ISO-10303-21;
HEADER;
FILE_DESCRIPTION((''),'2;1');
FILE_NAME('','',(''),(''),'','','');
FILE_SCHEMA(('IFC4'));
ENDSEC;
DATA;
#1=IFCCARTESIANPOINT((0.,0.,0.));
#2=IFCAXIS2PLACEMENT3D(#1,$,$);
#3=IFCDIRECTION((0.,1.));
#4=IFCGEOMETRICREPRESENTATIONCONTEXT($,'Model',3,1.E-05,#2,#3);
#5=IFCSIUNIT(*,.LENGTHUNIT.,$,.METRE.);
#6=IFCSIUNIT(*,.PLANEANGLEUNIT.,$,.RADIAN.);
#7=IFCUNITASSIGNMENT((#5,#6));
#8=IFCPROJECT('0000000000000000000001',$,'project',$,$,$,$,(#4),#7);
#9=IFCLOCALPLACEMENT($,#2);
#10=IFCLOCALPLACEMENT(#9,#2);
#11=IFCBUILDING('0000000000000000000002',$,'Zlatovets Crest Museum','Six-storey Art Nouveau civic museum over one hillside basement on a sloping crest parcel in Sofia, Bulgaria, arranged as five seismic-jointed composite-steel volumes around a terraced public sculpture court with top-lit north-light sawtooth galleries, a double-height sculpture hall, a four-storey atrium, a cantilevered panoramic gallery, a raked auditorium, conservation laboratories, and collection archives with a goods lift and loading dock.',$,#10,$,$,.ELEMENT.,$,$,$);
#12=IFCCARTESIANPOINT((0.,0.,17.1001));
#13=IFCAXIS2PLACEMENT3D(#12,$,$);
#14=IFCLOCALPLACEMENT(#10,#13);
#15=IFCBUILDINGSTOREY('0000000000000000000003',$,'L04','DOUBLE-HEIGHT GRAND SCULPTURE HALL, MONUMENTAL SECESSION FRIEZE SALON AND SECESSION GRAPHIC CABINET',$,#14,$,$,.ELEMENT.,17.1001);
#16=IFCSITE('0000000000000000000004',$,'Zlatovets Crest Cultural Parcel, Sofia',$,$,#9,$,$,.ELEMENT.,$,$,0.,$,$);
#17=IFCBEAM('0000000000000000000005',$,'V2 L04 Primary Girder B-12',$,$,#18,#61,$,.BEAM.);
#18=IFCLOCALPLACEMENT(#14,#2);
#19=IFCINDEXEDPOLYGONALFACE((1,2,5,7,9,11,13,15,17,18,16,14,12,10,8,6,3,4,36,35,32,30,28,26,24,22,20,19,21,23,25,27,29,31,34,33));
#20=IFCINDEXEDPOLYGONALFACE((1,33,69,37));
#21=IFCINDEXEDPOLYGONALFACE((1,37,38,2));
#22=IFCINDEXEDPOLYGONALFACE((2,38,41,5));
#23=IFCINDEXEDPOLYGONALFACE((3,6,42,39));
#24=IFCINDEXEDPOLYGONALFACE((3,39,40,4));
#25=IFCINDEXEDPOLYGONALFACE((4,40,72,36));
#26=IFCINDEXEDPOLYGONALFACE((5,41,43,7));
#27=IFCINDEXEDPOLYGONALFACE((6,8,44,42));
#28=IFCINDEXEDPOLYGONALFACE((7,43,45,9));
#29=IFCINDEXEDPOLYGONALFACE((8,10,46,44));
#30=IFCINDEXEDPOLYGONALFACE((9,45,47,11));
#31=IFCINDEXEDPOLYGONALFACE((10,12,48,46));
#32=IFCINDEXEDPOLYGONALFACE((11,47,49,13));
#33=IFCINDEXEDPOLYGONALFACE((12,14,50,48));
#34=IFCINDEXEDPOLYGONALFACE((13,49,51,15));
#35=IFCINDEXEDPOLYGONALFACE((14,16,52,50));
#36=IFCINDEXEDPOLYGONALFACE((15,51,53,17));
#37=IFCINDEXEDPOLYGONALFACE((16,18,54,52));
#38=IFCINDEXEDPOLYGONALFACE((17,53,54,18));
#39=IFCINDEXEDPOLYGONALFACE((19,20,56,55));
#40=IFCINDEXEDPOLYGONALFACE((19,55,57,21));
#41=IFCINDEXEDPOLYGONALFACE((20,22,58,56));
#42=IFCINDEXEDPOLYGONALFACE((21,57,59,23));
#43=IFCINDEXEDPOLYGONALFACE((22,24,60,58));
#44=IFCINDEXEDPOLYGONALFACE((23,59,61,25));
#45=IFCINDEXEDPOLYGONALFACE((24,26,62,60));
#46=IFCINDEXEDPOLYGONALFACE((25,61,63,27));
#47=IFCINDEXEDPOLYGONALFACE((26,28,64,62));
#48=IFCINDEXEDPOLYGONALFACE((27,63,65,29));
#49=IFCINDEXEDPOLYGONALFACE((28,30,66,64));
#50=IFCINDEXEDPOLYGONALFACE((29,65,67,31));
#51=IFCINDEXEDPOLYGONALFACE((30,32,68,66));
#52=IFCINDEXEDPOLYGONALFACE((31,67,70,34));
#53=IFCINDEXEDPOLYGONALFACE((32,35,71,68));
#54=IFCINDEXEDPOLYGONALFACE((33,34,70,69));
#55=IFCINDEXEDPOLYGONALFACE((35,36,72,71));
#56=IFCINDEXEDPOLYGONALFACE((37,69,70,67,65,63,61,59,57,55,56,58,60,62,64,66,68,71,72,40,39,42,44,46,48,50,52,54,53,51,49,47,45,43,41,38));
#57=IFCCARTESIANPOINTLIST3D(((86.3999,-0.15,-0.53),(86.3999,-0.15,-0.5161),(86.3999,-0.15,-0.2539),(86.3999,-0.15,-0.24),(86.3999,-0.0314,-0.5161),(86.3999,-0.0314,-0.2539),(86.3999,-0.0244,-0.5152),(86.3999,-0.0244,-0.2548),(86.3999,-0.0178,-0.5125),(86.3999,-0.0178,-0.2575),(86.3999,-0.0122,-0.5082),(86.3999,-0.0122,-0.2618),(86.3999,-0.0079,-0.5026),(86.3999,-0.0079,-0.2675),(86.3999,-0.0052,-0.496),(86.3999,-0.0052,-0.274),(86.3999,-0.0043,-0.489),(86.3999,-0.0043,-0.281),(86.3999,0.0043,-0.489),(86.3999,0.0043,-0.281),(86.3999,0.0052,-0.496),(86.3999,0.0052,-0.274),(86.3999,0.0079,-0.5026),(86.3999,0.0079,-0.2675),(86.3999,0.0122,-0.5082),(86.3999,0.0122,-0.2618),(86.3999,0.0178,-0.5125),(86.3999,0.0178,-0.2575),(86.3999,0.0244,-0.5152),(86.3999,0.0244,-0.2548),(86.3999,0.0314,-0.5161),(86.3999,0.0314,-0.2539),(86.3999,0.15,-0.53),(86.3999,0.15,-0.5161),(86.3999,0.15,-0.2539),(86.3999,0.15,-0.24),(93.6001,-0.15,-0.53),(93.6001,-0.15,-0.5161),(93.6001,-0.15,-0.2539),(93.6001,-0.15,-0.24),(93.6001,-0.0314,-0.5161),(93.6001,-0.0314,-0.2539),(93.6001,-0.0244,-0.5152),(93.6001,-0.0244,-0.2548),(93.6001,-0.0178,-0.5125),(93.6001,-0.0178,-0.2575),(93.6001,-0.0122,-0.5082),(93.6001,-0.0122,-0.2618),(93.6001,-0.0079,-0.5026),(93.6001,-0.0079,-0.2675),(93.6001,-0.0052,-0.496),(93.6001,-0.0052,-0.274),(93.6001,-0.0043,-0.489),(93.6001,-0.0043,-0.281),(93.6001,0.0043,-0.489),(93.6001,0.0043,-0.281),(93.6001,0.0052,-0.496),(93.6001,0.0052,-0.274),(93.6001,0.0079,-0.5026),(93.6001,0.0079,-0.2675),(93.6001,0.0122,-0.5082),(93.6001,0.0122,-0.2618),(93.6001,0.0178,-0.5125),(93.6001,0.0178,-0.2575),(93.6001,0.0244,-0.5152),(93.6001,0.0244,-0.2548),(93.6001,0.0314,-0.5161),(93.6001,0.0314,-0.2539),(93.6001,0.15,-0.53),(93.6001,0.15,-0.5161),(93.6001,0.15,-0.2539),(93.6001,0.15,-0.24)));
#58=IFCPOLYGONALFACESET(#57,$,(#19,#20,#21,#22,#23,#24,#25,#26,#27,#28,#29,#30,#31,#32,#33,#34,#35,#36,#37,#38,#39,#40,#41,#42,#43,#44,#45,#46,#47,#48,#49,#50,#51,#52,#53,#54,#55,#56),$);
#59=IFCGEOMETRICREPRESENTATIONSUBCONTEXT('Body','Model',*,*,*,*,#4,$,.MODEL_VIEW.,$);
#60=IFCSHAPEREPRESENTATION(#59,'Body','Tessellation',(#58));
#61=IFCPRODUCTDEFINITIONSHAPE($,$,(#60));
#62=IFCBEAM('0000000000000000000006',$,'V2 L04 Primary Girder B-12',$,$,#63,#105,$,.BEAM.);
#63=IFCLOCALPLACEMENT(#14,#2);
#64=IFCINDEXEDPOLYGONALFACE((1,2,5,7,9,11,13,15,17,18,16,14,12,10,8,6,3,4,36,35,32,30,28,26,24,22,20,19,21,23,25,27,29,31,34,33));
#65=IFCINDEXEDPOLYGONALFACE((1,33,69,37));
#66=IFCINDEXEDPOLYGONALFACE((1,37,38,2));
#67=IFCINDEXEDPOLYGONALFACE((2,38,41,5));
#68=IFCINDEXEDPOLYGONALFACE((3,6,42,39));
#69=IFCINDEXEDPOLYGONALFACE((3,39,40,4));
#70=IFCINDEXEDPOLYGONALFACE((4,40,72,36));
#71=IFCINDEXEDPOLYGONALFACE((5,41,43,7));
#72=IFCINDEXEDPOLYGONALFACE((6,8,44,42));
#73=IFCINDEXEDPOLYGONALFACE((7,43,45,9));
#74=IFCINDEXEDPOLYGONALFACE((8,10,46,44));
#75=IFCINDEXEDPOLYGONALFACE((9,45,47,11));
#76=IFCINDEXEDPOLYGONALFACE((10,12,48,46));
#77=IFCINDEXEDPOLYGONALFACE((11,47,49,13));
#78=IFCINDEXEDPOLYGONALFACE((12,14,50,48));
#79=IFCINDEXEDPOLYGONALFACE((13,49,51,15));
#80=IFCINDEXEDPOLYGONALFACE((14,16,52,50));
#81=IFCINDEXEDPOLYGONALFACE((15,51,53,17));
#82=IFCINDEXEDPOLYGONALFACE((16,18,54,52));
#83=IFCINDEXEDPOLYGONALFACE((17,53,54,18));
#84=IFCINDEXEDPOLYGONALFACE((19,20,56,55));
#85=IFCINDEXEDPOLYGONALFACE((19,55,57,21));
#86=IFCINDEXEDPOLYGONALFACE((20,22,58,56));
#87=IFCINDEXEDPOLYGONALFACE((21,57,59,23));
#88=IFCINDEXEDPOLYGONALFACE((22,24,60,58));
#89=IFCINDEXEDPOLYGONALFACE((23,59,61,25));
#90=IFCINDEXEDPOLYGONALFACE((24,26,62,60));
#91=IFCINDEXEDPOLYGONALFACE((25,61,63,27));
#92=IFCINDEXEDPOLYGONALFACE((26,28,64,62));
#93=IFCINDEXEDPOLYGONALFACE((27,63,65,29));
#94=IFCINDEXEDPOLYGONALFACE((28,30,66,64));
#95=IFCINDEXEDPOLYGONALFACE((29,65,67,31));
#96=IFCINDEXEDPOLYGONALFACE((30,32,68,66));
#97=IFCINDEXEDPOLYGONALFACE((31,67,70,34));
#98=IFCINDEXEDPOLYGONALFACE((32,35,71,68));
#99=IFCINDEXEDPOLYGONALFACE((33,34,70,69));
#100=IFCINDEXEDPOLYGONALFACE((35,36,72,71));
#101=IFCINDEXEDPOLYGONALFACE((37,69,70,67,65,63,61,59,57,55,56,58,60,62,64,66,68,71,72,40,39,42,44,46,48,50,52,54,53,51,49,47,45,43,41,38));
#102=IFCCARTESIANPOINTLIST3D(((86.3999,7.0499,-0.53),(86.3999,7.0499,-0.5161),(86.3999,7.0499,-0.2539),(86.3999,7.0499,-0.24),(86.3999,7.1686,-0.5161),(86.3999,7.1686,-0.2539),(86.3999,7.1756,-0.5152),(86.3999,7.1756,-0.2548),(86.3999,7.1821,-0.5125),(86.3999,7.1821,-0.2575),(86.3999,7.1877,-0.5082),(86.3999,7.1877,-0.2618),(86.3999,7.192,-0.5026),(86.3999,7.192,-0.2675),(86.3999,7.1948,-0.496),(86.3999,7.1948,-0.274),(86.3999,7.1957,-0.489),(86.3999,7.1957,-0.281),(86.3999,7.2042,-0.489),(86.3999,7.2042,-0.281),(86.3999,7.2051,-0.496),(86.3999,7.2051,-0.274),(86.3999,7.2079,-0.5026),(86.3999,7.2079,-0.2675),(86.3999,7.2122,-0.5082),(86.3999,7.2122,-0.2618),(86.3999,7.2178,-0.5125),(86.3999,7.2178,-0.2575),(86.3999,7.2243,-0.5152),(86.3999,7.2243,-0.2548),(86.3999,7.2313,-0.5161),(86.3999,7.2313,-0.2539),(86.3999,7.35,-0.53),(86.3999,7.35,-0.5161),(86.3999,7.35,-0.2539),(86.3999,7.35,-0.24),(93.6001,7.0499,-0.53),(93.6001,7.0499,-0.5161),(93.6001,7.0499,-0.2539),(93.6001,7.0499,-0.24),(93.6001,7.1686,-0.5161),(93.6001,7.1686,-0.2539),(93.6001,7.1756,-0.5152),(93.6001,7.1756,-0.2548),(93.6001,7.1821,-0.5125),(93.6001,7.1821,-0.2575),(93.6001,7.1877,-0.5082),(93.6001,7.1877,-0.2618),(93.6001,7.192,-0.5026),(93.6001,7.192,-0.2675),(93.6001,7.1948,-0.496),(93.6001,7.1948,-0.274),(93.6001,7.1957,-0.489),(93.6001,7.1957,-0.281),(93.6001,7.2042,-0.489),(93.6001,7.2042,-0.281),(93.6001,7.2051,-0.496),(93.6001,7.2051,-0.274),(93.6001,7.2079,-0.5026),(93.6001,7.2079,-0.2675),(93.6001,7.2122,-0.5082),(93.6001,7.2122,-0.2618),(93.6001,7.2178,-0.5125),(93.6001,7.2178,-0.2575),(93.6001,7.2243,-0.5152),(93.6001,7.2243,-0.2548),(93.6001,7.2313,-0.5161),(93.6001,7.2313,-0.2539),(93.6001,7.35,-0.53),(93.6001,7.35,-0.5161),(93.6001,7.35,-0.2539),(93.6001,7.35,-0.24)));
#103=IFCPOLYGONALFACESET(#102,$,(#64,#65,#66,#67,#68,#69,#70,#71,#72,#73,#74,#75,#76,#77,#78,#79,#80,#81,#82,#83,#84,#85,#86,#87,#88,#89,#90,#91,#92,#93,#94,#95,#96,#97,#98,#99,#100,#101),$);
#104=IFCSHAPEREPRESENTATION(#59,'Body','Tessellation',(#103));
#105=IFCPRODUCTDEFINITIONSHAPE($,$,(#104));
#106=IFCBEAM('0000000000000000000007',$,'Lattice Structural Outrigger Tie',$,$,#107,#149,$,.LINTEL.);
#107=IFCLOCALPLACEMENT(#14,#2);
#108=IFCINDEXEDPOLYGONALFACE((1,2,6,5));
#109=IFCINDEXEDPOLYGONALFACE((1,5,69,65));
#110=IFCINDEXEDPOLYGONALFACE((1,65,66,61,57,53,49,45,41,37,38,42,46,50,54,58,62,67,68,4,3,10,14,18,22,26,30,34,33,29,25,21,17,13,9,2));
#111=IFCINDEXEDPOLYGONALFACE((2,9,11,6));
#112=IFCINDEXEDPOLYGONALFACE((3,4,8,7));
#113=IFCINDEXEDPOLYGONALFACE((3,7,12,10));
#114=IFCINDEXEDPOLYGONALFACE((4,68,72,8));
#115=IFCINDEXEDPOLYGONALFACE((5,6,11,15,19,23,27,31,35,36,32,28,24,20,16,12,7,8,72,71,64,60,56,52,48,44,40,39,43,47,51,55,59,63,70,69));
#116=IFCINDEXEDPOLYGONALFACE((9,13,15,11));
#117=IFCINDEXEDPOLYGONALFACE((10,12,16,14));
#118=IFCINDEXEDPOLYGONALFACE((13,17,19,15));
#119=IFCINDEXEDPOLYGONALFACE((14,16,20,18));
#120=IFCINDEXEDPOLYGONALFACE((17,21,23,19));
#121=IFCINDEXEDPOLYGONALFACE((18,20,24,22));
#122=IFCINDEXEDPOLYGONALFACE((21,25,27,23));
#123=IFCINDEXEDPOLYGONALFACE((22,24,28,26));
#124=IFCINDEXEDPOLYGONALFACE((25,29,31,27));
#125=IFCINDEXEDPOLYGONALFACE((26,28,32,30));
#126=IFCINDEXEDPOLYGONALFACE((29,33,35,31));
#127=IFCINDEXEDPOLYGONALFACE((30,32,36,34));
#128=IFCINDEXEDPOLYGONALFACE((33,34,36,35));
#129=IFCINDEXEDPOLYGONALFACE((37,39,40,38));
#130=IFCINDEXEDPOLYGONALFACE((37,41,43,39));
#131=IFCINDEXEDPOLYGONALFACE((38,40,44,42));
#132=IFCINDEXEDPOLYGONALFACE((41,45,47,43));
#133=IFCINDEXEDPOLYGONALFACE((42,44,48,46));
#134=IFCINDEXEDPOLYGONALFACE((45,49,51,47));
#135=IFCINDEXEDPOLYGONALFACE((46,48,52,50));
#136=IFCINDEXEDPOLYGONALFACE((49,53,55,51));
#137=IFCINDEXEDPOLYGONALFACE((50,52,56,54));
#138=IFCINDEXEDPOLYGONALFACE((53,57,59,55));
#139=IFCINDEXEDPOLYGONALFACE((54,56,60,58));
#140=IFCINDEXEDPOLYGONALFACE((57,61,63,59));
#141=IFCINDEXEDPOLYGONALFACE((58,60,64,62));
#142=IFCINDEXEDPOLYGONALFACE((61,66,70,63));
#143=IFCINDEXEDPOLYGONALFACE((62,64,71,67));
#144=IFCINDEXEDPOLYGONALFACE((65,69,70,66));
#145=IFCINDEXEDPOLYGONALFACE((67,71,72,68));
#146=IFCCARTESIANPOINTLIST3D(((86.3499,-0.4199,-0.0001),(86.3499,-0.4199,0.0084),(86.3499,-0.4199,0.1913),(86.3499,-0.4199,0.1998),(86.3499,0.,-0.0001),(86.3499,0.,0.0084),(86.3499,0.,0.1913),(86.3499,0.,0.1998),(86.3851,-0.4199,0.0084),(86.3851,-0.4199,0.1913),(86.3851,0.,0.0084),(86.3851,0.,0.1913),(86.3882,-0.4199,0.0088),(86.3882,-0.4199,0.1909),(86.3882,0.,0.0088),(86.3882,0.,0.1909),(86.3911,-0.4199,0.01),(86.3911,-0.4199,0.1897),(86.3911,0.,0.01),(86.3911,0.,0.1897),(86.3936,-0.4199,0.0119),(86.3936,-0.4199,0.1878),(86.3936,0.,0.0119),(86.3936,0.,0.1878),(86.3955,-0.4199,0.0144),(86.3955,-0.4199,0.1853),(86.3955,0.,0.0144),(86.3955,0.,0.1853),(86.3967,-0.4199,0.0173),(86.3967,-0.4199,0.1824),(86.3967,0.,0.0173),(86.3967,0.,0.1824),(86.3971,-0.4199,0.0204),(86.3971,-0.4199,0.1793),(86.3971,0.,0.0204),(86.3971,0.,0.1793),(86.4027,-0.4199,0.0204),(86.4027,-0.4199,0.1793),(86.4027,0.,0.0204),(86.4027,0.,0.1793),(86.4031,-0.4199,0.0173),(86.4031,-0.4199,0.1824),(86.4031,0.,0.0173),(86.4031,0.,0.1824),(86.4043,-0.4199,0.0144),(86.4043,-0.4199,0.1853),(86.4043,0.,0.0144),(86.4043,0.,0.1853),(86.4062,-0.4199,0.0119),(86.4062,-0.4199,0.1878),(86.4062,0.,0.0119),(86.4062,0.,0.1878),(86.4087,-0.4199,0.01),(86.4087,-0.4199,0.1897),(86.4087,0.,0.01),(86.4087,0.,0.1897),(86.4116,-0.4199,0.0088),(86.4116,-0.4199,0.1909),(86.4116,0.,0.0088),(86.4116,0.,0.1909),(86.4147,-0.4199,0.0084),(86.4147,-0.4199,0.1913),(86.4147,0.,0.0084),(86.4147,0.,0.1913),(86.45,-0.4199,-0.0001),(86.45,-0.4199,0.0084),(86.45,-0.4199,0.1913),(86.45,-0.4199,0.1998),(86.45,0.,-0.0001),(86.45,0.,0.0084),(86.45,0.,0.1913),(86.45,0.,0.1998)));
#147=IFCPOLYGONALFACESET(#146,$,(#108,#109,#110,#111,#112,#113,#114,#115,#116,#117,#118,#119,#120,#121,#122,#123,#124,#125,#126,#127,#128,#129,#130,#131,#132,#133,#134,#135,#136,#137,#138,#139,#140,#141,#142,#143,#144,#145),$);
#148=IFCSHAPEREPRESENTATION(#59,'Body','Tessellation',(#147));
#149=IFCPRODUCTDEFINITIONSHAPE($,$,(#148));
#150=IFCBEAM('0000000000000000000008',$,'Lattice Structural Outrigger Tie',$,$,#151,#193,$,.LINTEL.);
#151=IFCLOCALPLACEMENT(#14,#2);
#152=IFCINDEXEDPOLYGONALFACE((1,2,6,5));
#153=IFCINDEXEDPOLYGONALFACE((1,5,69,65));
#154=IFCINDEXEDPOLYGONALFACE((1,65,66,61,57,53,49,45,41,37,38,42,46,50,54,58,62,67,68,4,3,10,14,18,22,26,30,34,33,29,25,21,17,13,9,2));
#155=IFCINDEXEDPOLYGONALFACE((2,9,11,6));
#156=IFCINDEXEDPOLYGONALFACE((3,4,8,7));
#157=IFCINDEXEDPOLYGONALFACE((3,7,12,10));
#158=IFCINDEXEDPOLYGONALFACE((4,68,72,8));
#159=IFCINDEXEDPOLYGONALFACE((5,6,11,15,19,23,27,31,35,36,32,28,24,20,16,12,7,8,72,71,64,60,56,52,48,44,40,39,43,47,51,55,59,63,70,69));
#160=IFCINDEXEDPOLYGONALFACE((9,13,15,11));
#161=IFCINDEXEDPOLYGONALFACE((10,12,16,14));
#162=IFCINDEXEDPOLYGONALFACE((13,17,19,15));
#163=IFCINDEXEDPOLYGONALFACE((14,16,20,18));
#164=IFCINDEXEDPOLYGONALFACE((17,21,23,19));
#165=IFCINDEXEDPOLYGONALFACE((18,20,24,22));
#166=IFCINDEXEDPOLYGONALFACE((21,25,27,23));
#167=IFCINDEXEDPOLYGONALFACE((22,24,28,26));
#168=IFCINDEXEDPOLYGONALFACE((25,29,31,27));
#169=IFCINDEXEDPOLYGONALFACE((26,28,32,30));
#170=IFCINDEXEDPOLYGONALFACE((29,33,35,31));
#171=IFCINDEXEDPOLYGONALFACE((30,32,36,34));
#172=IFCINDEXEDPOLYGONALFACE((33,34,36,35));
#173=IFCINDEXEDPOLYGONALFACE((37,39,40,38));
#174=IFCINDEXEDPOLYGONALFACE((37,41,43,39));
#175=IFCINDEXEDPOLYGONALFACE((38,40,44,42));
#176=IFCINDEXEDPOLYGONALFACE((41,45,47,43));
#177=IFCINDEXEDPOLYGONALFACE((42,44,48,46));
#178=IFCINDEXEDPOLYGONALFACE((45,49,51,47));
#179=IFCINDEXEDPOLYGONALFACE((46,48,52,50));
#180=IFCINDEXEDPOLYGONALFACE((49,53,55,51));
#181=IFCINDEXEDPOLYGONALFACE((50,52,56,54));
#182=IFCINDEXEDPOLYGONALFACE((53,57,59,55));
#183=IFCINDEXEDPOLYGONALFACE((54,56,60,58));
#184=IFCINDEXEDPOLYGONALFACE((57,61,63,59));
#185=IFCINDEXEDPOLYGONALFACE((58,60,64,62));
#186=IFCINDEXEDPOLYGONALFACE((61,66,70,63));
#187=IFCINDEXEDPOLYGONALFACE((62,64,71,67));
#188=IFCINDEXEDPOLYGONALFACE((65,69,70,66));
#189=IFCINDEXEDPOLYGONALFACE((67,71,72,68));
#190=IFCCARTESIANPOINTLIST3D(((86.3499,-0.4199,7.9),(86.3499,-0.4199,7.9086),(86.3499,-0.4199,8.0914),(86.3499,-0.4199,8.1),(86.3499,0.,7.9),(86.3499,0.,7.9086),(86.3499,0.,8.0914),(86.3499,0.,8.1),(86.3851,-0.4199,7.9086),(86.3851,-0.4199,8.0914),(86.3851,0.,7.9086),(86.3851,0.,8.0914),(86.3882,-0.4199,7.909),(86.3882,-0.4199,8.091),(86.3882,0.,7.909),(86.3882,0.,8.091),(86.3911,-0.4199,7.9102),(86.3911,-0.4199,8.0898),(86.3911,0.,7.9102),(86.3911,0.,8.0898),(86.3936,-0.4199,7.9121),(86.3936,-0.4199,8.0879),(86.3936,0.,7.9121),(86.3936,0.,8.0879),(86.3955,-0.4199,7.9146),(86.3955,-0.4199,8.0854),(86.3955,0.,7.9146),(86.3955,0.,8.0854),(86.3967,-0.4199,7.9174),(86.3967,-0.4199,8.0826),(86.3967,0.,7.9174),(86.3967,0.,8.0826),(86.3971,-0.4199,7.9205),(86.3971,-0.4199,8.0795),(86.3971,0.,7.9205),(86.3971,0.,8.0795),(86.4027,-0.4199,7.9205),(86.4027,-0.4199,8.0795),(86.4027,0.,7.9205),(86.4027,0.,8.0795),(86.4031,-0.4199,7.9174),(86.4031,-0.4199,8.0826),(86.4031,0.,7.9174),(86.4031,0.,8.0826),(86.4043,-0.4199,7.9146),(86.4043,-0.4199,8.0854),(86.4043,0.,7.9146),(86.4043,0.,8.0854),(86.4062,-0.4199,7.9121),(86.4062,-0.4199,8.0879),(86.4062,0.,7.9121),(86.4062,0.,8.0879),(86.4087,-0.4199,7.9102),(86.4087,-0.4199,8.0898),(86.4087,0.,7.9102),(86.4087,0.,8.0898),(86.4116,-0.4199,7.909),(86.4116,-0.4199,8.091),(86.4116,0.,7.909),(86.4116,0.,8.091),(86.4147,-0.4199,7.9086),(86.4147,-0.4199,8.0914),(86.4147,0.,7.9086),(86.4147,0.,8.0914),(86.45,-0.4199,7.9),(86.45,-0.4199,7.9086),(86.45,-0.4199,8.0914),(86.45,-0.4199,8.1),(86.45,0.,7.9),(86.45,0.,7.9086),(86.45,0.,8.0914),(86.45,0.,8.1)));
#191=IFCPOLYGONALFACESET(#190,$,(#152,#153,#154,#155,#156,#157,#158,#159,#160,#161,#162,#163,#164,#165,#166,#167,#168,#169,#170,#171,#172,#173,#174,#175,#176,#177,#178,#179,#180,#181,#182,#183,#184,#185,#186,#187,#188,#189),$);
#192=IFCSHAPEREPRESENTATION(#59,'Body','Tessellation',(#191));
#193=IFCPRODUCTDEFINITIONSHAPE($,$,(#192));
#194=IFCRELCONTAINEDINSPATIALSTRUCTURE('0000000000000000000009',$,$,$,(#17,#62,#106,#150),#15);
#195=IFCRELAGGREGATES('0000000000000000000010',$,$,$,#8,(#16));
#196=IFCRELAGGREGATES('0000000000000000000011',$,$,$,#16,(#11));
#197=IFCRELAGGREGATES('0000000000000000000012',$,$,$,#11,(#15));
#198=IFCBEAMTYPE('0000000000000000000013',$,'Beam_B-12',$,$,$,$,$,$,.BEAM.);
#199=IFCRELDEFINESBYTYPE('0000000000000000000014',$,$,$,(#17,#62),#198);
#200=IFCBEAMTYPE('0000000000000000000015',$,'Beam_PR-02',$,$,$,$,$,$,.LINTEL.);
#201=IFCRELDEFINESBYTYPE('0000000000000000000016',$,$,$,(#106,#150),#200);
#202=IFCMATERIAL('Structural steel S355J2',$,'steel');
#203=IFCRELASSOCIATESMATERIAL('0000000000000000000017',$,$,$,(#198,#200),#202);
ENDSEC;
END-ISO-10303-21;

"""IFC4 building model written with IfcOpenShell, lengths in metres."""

from ifc_helpers import new_model, si_unit, direction, frame, origin, origin_2d, place, context, subcontext, project, spatial, i_section, extrude, material, material_profile, profile_set, type_object, element, save


model = new_model("IFC4")

# Units and contexts
model_context = context("Model", 3, precision=1e-05, world=origin(), true_north=direction((0.0, 1.0)))
body_context = subcontext(model_context, "Body", "Model", "MODEL_VIEW")
ifc_project = project(units=[si_unit("LENGTHUNIT", "METRE"), si_unit("PLANEANGLEUNIT", "RADIAN")], contexts=[model_context])

# Site, building, storey
site_placement = place(None, origin())
site = spatial("IfcSite", under=ifc_project, at=site_placement, Name="Zlatovets Crest Cultural Parcel, Sofia", CompositionType="ELEMENT", RefElevation=0.0)
building_placement = place(site_placement, origin())
building = spatial("IfcBuilding", under=site, at=building_placement, Name="Zlatovets Crest Museum", Description="Six-storey Art Nouveau civic museum over one hillside basement on a sloping crest parcel in Sofia, Bulgaria, arranged as five seismic-jointed composite-steel volumes around a terraced public sculpture court with top-lit north-light sawtooth galleries, a double-height sculpture hall, a four-storey atrium, a cantilevered panoramic gallery, a raked auditorium, conservation laboratories, and collection archives with a goods lift and loading dock.", CompositionType="ELEMENT")
storey_placement = place(building_placement, frame((0.0, 0.0, 17.1001)))
storey = spatial("IfcBuildingStorey", under=building, at=storey_placement, Name="L04", Description="DOUBLE-HEIGHT GRAND SCULPTURE HALL, MONUMENTAL SECESSION FRIEZE SALON AND SECESSION GRAPHIC CABINET", CompositionType="ELEMENT", Elevation=17.1001)

# Shared definitions
ifc_material_1 = material(Name="Structural steel S355J2", Category="steel")

# Beams
ifc_material_profile_1 = material_profile(ifc_material_1, i_section(OverallWidth=0.3, OverallDepth=0.29, WebThickness=0.0085, FlangeThickness=0.0139, FilletRadius=0.0271, at=origin_2d()), Name="HEA 300")
ifc_profile_set_1 = profile_set([ifc_material_profile_1], Name="Structural steel S355J2")
beam_type_1 = type_object("IfcBeamType", Name="Beam_B-12", PredefinedType="BEAM", material=ifc_profile_set_1)
for number, where, z_axis, x_axis, name in (
    (1, (86.3999, 0.0, -0.385), (1.0, 0.0, 0.0), (0.0, 1.0, 0.0), "V2 L04 Primary Girder B-12"),
    (2, (86.3999, 7.2, -0.385), (1.0, 0.0, 0.0), (0.0, 1.0, 0.0), "V2 L04 Primary Girder B-12"),
):
    element("IfcBeam", number, at=place(storey_placement, frame(where, z_axis=z_axis, x_axis=x_axis)), inside=storey, type_object=beam_type_1, Name=name, PredefinedType="BEAM", context=body_context, shape_type="SweptSolid", body=[
        extrude(i_section(OverallWidth=0.3, OverallDepth=0.29, WebThickness=0.0085, FlangeThickness=0.0139, FilletRadius=0.0271, at=origin_2d()), origin(), (0.0, 0.0, 1.0), 7.2002),
    ])
ifc_material_profile_2 = material_profile(ifc_material_1, i_section(OverallWidth=0.1001, OverallDepth=0.2, WebThickness=0.0056, FlangeThickness=0.0085, FilletRadius=0.012, at=origin_2d()), Name="IPE 200")
ifc_profile_set_2 = profile_set([ifc_material_profile_2], Name="Structural steel S355J2")
beam_type_2 = type_object("IfcBeamType", Name="Beam_PR-02", PredefinedType="LINTEL", material=ifc_profile_set_2)
for number, where, z_axis, x_axis, name in (
    (3, (86.3999, 0.0, 0.0999), (0.0, -1.0, 0.0), (1.0, 0.0, 0.0), "Lattice Structural Outrigger Tie"),
    (4, (86.3999, 0.0, 8.0), (0.0, -1.0, 0.0), (1.0, 0.0, 0.0), "Lattice Structural Outrigger Tie"),
):
    element("IfcBeam", number, at=place(storey_placement, frame(where, z_axis=z_axis, x_axis=x_axis)), inside=storey, type_object=beam_type_2, Name=name, PredefinedType="LINTEL", context=body_context, shape_type="SweptSolid", body=[
        extrude(i_section(OverallWidth=0.1001, OverallDepth=0.2, WebThickness=0.0056, FlangeThickness=0.0085, FilletRadius=0.012, at=origin_2d()), origin(), (0.0, 0.0, 1.0), 0.4199),
    ])

save(model, "model.ifc")
